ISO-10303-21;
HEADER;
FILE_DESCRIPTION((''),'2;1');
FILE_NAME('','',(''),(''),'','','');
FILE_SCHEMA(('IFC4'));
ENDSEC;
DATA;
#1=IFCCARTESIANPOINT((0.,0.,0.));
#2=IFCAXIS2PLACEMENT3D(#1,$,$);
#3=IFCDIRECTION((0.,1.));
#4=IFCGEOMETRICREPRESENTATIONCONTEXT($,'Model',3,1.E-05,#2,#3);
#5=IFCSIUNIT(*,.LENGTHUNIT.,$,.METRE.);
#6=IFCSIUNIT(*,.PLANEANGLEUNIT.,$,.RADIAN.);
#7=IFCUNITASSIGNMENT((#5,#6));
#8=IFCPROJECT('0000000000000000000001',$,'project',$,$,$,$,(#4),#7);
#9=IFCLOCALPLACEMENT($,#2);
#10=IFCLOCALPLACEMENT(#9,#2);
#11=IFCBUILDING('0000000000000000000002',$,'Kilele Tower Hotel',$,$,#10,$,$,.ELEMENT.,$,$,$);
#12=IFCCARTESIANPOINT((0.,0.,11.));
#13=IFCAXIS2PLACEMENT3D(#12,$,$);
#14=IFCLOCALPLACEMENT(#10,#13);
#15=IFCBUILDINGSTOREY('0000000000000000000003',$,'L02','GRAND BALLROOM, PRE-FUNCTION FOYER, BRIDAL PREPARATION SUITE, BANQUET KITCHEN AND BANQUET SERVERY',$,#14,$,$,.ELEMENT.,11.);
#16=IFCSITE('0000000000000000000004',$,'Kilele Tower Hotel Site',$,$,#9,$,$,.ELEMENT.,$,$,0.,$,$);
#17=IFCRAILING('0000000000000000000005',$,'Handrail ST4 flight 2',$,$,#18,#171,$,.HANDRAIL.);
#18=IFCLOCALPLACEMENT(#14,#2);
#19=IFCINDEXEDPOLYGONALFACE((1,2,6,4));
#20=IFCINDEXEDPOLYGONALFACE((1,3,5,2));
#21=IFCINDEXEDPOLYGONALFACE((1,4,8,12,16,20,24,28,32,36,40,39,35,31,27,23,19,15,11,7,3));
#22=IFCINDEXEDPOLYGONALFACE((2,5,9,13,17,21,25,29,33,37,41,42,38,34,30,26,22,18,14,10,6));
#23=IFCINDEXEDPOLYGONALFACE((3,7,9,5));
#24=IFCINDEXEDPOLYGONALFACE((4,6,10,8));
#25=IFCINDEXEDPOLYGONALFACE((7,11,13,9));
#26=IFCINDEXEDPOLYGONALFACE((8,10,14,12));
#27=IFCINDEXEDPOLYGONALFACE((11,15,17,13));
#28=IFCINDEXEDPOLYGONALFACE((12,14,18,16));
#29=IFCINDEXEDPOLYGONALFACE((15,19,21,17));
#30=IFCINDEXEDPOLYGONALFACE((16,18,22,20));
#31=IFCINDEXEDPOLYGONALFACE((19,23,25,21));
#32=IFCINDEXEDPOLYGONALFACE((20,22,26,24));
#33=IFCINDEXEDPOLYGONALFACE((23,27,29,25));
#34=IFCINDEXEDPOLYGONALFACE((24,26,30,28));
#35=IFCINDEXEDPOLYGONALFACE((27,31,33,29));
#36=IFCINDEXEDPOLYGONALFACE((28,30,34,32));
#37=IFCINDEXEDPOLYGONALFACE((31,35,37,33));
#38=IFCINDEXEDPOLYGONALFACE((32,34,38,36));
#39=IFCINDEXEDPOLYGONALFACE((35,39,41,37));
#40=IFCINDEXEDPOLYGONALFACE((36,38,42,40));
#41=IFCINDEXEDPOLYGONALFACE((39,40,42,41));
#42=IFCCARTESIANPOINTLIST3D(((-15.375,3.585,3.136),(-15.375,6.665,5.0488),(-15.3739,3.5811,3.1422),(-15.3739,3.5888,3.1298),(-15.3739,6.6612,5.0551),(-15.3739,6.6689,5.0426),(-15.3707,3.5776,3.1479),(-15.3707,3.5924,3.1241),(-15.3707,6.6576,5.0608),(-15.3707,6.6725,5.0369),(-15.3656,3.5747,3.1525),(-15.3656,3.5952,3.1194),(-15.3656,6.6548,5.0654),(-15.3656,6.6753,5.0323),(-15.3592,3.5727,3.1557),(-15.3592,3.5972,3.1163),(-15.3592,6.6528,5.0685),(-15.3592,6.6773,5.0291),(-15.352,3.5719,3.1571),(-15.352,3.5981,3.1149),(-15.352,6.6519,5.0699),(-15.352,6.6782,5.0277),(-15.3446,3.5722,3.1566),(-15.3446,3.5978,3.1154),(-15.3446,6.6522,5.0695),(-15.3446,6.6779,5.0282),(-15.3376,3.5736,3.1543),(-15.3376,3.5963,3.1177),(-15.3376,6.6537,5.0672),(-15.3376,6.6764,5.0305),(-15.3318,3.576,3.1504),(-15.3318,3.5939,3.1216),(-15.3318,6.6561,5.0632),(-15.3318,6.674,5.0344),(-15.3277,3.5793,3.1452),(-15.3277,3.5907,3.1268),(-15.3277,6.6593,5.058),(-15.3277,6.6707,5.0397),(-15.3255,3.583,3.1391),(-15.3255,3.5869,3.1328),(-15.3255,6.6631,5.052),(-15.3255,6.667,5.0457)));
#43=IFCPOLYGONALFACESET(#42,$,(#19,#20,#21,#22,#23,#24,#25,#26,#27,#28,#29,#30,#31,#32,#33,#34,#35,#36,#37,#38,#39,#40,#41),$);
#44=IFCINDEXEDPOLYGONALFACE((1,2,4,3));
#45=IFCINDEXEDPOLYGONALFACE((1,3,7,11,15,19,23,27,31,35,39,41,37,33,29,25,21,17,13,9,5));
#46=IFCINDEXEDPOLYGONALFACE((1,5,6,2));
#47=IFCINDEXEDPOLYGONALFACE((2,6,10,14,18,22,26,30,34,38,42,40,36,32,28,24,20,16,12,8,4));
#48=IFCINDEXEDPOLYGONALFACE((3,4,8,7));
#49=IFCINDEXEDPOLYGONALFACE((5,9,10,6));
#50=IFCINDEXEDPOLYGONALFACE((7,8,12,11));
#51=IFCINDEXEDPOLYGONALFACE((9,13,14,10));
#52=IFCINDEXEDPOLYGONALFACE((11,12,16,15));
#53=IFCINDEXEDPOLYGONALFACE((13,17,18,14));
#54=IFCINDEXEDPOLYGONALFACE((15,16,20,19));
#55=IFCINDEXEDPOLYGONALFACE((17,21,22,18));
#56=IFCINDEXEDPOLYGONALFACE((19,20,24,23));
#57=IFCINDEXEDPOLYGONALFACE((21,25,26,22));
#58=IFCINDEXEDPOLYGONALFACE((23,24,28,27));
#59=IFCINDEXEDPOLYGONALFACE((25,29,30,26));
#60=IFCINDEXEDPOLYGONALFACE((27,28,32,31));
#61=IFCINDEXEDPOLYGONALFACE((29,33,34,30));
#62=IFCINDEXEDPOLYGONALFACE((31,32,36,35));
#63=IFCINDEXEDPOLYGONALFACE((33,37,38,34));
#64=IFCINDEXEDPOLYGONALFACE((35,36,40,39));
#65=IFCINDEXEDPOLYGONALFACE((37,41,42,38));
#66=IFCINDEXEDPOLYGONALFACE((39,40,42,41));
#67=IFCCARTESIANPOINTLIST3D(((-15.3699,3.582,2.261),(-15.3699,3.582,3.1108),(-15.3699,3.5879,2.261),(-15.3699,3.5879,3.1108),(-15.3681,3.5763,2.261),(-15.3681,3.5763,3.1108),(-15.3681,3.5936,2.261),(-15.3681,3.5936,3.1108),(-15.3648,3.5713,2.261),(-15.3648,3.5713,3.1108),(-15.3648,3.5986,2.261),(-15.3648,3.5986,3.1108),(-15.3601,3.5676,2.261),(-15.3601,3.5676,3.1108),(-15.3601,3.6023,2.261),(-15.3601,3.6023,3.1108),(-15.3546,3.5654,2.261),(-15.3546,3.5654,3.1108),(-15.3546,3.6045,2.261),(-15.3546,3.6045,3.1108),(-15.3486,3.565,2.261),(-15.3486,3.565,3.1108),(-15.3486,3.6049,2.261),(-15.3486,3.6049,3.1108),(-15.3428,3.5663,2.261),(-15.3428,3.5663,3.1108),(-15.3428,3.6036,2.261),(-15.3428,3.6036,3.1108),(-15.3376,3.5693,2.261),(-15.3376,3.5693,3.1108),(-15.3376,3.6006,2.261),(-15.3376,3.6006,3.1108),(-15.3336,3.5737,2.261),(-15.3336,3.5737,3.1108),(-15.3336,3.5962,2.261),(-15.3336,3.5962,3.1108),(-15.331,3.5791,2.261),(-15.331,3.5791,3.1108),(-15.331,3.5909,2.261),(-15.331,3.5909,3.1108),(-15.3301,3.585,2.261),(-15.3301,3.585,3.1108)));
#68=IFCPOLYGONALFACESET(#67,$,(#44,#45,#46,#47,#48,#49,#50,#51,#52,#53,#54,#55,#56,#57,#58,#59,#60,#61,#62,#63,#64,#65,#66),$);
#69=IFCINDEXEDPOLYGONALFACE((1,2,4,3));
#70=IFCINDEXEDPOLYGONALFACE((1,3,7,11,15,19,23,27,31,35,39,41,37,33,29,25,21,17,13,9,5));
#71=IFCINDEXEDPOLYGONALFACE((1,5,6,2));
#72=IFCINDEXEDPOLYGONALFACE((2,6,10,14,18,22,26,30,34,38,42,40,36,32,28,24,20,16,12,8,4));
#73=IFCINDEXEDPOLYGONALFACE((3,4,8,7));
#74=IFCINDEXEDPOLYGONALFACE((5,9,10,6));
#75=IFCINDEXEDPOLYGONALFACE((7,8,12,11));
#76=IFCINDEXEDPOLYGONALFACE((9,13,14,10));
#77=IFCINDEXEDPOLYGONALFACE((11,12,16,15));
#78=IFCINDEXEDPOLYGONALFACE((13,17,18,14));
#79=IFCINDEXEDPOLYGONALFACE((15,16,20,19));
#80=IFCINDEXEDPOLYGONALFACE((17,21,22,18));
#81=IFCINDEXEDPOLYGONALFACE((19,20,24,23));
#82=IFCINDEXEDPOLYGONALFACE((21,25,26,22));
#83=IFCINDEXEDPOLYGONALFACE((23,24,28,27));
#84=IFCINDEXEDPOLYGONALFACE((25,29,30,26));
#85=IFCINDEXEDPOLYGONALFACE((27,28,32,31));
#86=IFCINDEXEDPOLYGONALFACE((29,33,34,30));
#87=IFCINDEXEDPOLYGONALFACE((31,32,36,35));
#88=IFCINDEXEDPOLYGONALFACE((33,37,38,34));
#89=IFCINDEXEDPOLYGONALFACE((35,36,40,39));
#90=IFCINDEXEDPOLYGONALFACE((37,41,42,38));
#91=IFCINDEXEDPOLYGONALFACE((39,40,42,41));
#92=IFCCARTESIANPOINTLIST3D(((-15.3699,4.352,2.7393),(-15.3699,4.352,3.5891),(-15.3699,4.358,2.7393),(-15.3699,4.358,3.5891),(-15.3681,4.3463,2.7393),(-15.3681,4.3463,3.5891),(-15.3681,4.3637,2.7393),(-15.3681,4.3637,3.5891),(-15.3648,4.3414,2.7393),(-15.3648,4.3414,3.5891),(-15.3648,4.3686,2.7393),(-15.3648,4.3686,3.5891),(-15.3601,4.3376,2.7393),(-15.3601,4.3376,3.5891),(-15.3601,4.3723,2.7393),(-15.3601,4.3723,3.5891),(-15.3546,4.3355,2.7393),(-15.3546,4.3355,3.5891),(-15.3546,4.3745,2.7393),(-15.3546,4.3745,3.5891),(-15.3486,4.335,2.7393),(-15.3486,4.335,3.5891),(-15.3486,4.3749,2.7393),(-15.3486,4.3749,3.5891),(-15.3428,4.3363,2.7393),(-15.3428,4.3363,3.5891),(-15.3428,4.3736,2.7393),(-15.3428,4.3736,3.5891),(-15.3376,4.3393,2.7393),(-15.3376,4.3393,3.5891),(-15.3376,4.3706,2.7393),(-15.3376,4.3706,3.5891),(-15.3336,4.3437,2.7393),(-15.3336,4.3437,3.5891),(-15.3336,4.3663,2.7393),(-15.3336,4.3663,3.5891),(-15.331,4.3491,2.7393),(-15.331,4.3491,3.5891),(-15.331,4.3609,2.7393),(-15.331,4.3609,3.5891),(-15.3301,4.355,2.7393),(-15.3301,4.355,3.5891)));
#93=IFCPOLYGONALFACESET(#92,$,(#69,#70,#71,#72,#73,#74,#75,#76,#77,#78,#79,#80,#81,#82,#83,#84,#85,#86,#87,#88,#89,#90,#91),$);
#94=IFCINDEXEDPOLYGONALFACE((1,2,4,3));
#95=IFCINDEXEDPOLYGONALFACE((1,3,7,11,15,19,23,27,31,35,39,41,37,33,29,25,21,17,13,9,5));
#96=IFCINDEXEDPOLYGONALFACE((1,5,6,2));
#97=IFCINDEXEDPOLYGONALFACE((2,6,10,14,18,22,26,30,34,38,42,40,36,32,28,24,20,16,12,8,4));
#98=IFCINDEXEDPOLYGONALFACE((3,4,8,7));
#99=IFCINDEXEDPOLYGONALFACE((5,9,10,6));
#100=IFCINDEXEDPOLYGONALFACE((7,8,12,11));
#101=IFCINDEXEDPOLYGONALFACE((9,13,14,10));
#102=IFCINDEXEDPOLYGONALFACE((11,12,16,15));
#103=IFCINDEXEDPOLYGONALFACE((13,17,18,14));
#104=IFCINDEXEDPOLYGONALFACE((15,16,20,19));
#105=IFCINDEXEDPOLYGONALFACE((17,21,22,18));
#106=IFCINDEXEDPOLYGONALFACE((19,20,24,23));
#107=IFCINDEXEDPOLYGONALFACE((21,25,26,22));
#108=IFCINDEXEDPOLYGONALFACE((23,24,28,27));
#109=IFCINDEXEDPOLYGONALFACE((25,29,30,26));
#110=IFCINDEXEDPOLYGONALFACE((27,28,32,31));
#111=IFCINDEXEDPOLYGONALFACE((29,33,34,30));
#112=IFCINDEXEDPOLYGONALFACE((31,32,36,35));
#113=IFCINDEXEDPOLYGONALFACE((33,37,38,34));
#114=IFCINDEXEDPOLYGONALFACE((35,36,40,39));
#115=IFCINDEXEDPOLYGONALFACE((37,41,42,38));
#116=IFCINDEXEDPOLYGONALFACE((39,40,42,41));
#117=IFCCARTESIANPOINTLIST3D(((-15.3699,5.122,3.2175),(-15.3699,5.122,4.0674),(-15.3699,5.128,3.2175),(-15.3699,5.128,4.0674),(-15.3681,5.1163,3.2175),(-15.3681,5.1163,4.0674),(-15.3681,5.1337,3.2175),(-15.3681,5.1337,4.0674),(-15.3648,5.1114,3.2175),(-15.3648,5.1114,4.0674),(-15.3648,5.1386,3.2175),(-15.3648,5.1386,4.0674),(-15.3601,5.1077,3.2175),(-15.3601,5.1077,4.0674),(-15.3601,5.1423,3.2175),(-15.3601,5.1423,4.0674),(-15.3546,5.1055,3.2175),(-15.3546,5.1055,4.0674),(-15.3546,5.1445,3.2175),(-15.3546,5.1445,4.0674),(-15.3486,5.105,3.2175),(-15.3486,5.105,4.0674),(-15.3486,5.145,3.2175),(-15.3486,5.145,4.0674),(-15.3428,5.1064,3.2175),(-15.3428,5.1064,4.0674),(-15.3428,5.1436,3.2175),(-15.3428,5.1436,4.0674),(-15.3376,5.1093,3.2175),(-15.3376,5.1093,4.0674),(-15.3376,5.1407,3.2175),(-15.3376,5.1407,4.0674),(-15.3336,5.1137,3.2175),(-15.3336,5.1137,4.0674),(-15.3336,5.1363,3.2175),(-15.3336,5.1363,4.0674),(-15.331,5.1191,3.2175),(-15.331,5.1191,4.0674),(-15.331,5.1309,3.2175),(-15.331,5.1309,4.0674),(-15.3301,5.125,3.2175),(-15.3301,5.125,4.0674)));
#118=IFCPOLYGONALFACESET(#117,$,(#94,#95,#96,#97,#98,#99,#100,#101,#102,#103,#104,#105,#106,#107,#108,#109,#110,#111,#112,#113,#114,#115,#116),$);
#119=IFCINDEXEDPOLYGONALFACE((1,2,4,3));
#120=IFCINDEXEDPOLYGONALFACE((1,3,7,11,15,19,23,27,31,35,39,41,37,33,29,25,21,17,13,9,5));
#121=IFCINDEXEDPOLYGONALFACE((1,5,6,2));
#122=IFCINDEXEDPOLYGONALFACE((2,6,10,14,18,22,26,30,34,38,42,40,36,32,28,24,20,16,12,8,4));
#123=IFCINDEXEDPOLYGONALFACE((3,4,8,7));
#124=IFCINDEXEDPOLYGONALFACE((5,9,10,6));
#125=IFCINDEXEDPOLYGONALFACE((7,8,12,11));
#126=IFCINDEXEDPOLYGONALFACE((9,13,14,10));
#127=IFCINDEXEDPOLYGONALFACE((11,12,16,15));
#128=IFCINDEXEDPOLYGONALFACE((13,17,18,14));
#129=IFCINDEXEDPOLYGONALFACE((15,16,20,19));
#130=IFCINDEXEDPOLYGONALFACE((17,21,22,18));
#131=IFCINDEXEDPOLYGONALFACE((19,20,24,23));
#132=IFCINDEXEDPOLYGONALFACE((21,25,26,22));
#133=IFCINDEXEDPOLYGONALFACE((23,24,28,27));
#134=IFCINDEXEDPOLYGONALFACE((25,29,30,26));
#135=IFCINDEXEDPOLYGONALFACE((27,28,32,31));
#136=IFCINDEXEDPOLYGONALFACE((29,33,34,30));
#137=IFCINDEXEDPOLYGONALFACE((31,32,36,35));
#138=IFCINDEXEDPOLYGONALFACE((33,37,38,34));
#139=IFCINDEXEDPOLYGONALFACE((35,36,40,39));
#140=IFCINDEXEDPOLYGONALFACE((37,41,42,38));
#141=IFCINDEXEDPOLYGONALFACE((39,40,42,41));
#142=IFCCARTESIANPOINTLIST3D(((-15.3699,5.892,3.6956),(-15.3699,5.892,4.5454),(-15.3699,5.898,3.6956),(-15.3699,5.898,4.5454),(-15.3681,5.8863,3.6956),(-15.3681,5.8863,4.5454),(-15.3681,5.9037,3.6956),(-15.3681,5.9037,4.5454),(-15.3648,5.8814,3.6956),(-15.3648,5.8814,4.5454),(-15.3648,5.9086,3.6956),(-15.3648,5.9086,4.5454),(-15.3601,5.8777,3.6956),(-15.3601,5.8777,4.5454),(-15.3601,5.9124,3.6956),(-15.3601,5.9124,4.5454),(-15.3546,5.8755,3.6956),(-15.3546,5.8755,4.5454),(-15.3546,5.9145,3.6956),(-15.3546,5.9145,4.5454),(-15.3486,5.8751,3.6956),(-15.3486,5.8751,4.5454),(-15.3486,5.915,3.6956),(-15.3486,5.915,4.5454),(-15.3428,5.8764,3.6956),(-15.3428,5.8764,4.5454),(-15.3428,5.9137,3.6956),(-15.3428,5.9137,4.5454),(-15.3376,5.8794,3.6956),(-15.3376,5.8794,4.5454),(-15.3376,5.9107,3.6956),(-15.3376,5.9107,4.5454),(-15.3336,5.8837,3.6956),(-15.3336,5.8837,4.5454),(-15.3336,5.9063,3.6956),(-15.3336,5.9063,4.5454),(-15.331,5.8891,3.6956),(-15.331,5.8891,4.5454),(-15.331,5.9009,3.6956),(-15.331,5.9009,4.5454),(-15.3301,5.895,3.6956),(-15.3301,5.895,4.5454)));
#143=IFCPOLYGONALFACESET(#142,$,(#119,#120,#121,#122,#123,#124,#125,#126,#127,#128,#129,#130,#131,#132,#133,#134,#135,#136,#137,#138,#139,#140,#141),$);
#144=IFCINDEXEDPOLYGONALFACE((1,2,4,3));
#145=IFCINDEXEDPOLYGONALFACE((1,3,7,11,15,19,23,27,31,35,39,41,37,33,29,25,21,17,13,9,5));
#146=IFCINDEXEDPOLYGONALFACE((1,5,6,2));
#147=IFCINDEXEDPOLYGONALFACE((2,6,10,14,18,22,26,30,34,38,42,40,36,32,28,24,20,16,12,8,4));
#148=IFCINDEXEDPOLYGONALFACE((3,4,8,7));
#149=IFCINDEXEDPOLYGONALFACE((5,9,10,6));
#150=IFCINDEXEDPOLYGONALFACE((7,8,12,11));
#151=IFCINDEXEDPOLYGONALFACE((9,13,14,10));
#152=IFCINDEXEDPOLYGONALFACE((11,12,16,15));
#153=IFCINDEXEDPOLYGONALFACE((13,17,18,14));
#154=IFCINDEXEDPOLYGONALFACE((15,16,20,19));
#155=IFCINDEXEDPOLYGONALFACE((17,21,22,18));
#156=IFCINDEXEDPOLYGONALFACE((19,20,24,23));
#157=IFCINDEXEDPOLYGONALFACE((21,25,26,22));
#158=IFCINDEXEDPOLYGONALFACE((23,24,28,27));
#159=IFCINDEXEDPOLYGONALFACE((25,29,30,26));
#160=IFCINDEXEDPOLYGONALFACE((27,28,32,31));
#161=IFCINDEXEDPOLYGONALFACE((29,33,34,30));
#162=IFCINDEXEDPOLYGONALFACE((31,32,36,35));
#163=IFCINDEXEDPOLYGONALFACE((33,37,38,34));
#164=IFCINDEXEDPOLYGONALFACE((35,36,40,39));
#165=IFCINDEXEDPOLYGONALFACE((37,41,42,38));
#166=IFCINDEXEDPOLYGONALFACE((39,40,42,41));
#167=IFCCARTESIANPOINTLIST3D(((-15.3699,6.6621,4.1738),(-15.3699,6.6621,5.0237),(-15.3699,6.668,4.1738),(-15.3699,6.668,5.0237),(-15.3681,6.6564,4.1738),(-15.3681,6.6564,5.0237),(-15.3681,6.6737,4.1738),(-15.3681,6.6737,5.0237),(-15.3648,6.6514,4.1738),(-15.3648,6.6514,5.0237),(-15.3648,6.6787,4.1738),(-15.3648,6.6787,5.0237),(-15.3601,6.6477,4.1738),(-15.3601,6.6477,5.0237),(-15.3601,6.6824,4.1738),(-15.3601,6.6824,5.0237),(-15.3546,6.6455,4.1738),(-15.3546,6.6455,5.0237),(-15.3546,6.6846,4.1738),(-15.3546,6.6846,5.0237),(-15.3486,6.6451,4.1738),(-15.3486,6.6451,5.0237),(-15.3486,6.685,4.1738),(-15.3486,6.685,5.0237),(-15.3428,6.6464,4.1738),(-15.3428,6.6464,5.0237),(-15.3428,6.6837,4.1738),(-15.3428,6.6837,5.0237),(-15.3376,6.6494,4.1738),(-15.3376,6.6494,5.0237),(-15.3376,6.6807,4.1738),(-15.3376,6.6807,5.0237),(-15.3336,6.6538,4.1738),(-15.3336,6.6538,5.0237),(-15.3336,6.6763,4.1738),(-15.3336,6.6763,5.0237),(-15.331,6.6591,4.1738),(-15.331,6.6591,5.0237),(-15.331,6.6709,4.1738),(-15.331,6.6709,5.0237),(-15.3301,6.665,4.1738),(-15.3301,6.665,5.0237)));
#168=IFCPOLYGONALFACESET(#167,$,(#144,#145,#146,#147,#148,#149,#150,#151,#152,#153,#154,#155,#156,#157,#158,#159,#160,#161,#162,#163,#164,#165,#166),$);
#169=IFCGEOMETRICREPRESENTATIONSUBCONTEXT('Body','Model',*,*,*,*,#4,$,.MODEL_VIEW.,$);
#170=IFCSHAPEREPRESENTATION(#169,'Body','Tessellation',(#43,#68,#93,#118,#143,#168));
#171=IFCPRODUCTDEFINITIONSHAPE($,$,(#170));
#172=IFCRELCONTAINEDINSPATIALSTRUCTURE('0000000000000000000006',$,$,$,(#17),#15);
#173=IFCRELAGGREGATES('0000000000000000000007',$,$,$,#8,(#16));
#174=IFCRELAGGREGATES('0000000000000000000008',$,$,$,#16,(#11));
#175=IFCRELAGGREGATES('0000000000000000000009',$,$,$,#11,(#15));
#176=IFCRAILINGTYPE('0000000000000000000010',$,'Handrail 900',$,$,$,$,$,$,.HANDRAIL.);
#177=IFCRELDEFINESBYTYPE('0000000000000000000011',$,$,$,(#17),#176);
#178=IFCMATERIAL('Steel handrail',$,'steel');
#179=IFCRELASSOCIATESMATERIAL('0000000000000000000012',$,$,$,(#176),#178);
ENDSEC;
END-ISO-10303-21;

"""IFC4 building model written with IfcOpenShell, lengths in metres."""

from ifc_helpers import new_model, si_unit, direction, frame, origin, origin_2d, place, context, subcontext, project, spatial, circle, extrude, material, type_object, element, save


model = new_model("IFC4")

# Units and contexts
model_context = context("Model", 3, precision=1e-05, world=origin(), true_north=direction((0.0, 1.0)))
body_context = subcontext(model_context, "Body", "Model", "MODEL_VIEW")
ifc_project = project(units=[si_unit("LENGTHUNIT", "METRE"), si_unit("PLANEANGLEUNIT", "RADIAN")], contexts=[model_context])

# Site, building, storey
site_placement = place(None, origin())
site = spatial("IfcSite", under=ifc_project, at=site_placement, Name="Kilele Tower Hotel Site", CompositionType="ELEMENT", RefElevation=0.0)
building_placement = place(site_placement, origin())
building = spatial("IfcBuilding", under=site, at=building_placement, Name="Kilele Tower Hotel", CompositionType="ELEMENT")
storey_placement = place(building_placement, frame((0.0, 0.0, 11.0)))
storey = spatial("IfcBuildingStorey", under=building, at=storey_placement, Name="L02", Description="GRAND BALLROOM, PRE-FUNCTION FOYER, BRIDAL PREPARATION SUITE, BANQUET KITCHEN AND BANQUET SERVERY", CompositionType="ELEMENT", Elevation=11.0)

# Railing
ifc_material_1 = material(Name="Steel handrail", Category="steel")
railing_type_1 = type_object("IfcRailingType", Name="Handrail 900", PredefinedType="HANDRAIL", material=ifc_material_1)
railing_1_placement = place(storey_placement, frame((-15.3501, 3.585, 2.261)))
element("IfcRailing", 1, at=railing_1_placement, inside=storey, type_object=railing_type_1, Name="Handrail ST4 flight 2", PredefinedType="HANDRAIL", context=body_context, shape_type="SweptSolid", body=[
    extrude(circle(Radius=0.0249, at=origin_2d()), frame((0.0, 0.0, 0.875), z_axis=(0.0, 0.849508, 0.527576), x_axis=(-1.0, 0.0, 0.0)), (0.0, 0.0, 1.0), 3.6257),
    extrude(circle(Radius=0.02, at=origin_2d()), origin(), (0.0, 0.0, 1.0), 0.8499),
    extrude(circle(Radius=0.02, at=origin_2d()), frame((0.0, 0.77, 0.4783)), (0.0, 0.0, 1.0), 0.8499),
    extrude(circle(Radius=0.02, at=origin_2d()), frame((0.0, 1.54, 0.9565)), (0.0, 0.0, 1.0), 0.8499),
    extrude(circle(Radius=0.02, at=origin_2d()), frame((0.0, 2.3101, 1.4346)), (0.0, 0.0, 1.0), 0.8499),
    extrude(circle(Radius=0.02, at=origin_2d()), frame((0.0, 3.0801, 1.9128)), (0.0, 0.0, 1.0), 0.8499),
])

save(model, "model.ifc")
